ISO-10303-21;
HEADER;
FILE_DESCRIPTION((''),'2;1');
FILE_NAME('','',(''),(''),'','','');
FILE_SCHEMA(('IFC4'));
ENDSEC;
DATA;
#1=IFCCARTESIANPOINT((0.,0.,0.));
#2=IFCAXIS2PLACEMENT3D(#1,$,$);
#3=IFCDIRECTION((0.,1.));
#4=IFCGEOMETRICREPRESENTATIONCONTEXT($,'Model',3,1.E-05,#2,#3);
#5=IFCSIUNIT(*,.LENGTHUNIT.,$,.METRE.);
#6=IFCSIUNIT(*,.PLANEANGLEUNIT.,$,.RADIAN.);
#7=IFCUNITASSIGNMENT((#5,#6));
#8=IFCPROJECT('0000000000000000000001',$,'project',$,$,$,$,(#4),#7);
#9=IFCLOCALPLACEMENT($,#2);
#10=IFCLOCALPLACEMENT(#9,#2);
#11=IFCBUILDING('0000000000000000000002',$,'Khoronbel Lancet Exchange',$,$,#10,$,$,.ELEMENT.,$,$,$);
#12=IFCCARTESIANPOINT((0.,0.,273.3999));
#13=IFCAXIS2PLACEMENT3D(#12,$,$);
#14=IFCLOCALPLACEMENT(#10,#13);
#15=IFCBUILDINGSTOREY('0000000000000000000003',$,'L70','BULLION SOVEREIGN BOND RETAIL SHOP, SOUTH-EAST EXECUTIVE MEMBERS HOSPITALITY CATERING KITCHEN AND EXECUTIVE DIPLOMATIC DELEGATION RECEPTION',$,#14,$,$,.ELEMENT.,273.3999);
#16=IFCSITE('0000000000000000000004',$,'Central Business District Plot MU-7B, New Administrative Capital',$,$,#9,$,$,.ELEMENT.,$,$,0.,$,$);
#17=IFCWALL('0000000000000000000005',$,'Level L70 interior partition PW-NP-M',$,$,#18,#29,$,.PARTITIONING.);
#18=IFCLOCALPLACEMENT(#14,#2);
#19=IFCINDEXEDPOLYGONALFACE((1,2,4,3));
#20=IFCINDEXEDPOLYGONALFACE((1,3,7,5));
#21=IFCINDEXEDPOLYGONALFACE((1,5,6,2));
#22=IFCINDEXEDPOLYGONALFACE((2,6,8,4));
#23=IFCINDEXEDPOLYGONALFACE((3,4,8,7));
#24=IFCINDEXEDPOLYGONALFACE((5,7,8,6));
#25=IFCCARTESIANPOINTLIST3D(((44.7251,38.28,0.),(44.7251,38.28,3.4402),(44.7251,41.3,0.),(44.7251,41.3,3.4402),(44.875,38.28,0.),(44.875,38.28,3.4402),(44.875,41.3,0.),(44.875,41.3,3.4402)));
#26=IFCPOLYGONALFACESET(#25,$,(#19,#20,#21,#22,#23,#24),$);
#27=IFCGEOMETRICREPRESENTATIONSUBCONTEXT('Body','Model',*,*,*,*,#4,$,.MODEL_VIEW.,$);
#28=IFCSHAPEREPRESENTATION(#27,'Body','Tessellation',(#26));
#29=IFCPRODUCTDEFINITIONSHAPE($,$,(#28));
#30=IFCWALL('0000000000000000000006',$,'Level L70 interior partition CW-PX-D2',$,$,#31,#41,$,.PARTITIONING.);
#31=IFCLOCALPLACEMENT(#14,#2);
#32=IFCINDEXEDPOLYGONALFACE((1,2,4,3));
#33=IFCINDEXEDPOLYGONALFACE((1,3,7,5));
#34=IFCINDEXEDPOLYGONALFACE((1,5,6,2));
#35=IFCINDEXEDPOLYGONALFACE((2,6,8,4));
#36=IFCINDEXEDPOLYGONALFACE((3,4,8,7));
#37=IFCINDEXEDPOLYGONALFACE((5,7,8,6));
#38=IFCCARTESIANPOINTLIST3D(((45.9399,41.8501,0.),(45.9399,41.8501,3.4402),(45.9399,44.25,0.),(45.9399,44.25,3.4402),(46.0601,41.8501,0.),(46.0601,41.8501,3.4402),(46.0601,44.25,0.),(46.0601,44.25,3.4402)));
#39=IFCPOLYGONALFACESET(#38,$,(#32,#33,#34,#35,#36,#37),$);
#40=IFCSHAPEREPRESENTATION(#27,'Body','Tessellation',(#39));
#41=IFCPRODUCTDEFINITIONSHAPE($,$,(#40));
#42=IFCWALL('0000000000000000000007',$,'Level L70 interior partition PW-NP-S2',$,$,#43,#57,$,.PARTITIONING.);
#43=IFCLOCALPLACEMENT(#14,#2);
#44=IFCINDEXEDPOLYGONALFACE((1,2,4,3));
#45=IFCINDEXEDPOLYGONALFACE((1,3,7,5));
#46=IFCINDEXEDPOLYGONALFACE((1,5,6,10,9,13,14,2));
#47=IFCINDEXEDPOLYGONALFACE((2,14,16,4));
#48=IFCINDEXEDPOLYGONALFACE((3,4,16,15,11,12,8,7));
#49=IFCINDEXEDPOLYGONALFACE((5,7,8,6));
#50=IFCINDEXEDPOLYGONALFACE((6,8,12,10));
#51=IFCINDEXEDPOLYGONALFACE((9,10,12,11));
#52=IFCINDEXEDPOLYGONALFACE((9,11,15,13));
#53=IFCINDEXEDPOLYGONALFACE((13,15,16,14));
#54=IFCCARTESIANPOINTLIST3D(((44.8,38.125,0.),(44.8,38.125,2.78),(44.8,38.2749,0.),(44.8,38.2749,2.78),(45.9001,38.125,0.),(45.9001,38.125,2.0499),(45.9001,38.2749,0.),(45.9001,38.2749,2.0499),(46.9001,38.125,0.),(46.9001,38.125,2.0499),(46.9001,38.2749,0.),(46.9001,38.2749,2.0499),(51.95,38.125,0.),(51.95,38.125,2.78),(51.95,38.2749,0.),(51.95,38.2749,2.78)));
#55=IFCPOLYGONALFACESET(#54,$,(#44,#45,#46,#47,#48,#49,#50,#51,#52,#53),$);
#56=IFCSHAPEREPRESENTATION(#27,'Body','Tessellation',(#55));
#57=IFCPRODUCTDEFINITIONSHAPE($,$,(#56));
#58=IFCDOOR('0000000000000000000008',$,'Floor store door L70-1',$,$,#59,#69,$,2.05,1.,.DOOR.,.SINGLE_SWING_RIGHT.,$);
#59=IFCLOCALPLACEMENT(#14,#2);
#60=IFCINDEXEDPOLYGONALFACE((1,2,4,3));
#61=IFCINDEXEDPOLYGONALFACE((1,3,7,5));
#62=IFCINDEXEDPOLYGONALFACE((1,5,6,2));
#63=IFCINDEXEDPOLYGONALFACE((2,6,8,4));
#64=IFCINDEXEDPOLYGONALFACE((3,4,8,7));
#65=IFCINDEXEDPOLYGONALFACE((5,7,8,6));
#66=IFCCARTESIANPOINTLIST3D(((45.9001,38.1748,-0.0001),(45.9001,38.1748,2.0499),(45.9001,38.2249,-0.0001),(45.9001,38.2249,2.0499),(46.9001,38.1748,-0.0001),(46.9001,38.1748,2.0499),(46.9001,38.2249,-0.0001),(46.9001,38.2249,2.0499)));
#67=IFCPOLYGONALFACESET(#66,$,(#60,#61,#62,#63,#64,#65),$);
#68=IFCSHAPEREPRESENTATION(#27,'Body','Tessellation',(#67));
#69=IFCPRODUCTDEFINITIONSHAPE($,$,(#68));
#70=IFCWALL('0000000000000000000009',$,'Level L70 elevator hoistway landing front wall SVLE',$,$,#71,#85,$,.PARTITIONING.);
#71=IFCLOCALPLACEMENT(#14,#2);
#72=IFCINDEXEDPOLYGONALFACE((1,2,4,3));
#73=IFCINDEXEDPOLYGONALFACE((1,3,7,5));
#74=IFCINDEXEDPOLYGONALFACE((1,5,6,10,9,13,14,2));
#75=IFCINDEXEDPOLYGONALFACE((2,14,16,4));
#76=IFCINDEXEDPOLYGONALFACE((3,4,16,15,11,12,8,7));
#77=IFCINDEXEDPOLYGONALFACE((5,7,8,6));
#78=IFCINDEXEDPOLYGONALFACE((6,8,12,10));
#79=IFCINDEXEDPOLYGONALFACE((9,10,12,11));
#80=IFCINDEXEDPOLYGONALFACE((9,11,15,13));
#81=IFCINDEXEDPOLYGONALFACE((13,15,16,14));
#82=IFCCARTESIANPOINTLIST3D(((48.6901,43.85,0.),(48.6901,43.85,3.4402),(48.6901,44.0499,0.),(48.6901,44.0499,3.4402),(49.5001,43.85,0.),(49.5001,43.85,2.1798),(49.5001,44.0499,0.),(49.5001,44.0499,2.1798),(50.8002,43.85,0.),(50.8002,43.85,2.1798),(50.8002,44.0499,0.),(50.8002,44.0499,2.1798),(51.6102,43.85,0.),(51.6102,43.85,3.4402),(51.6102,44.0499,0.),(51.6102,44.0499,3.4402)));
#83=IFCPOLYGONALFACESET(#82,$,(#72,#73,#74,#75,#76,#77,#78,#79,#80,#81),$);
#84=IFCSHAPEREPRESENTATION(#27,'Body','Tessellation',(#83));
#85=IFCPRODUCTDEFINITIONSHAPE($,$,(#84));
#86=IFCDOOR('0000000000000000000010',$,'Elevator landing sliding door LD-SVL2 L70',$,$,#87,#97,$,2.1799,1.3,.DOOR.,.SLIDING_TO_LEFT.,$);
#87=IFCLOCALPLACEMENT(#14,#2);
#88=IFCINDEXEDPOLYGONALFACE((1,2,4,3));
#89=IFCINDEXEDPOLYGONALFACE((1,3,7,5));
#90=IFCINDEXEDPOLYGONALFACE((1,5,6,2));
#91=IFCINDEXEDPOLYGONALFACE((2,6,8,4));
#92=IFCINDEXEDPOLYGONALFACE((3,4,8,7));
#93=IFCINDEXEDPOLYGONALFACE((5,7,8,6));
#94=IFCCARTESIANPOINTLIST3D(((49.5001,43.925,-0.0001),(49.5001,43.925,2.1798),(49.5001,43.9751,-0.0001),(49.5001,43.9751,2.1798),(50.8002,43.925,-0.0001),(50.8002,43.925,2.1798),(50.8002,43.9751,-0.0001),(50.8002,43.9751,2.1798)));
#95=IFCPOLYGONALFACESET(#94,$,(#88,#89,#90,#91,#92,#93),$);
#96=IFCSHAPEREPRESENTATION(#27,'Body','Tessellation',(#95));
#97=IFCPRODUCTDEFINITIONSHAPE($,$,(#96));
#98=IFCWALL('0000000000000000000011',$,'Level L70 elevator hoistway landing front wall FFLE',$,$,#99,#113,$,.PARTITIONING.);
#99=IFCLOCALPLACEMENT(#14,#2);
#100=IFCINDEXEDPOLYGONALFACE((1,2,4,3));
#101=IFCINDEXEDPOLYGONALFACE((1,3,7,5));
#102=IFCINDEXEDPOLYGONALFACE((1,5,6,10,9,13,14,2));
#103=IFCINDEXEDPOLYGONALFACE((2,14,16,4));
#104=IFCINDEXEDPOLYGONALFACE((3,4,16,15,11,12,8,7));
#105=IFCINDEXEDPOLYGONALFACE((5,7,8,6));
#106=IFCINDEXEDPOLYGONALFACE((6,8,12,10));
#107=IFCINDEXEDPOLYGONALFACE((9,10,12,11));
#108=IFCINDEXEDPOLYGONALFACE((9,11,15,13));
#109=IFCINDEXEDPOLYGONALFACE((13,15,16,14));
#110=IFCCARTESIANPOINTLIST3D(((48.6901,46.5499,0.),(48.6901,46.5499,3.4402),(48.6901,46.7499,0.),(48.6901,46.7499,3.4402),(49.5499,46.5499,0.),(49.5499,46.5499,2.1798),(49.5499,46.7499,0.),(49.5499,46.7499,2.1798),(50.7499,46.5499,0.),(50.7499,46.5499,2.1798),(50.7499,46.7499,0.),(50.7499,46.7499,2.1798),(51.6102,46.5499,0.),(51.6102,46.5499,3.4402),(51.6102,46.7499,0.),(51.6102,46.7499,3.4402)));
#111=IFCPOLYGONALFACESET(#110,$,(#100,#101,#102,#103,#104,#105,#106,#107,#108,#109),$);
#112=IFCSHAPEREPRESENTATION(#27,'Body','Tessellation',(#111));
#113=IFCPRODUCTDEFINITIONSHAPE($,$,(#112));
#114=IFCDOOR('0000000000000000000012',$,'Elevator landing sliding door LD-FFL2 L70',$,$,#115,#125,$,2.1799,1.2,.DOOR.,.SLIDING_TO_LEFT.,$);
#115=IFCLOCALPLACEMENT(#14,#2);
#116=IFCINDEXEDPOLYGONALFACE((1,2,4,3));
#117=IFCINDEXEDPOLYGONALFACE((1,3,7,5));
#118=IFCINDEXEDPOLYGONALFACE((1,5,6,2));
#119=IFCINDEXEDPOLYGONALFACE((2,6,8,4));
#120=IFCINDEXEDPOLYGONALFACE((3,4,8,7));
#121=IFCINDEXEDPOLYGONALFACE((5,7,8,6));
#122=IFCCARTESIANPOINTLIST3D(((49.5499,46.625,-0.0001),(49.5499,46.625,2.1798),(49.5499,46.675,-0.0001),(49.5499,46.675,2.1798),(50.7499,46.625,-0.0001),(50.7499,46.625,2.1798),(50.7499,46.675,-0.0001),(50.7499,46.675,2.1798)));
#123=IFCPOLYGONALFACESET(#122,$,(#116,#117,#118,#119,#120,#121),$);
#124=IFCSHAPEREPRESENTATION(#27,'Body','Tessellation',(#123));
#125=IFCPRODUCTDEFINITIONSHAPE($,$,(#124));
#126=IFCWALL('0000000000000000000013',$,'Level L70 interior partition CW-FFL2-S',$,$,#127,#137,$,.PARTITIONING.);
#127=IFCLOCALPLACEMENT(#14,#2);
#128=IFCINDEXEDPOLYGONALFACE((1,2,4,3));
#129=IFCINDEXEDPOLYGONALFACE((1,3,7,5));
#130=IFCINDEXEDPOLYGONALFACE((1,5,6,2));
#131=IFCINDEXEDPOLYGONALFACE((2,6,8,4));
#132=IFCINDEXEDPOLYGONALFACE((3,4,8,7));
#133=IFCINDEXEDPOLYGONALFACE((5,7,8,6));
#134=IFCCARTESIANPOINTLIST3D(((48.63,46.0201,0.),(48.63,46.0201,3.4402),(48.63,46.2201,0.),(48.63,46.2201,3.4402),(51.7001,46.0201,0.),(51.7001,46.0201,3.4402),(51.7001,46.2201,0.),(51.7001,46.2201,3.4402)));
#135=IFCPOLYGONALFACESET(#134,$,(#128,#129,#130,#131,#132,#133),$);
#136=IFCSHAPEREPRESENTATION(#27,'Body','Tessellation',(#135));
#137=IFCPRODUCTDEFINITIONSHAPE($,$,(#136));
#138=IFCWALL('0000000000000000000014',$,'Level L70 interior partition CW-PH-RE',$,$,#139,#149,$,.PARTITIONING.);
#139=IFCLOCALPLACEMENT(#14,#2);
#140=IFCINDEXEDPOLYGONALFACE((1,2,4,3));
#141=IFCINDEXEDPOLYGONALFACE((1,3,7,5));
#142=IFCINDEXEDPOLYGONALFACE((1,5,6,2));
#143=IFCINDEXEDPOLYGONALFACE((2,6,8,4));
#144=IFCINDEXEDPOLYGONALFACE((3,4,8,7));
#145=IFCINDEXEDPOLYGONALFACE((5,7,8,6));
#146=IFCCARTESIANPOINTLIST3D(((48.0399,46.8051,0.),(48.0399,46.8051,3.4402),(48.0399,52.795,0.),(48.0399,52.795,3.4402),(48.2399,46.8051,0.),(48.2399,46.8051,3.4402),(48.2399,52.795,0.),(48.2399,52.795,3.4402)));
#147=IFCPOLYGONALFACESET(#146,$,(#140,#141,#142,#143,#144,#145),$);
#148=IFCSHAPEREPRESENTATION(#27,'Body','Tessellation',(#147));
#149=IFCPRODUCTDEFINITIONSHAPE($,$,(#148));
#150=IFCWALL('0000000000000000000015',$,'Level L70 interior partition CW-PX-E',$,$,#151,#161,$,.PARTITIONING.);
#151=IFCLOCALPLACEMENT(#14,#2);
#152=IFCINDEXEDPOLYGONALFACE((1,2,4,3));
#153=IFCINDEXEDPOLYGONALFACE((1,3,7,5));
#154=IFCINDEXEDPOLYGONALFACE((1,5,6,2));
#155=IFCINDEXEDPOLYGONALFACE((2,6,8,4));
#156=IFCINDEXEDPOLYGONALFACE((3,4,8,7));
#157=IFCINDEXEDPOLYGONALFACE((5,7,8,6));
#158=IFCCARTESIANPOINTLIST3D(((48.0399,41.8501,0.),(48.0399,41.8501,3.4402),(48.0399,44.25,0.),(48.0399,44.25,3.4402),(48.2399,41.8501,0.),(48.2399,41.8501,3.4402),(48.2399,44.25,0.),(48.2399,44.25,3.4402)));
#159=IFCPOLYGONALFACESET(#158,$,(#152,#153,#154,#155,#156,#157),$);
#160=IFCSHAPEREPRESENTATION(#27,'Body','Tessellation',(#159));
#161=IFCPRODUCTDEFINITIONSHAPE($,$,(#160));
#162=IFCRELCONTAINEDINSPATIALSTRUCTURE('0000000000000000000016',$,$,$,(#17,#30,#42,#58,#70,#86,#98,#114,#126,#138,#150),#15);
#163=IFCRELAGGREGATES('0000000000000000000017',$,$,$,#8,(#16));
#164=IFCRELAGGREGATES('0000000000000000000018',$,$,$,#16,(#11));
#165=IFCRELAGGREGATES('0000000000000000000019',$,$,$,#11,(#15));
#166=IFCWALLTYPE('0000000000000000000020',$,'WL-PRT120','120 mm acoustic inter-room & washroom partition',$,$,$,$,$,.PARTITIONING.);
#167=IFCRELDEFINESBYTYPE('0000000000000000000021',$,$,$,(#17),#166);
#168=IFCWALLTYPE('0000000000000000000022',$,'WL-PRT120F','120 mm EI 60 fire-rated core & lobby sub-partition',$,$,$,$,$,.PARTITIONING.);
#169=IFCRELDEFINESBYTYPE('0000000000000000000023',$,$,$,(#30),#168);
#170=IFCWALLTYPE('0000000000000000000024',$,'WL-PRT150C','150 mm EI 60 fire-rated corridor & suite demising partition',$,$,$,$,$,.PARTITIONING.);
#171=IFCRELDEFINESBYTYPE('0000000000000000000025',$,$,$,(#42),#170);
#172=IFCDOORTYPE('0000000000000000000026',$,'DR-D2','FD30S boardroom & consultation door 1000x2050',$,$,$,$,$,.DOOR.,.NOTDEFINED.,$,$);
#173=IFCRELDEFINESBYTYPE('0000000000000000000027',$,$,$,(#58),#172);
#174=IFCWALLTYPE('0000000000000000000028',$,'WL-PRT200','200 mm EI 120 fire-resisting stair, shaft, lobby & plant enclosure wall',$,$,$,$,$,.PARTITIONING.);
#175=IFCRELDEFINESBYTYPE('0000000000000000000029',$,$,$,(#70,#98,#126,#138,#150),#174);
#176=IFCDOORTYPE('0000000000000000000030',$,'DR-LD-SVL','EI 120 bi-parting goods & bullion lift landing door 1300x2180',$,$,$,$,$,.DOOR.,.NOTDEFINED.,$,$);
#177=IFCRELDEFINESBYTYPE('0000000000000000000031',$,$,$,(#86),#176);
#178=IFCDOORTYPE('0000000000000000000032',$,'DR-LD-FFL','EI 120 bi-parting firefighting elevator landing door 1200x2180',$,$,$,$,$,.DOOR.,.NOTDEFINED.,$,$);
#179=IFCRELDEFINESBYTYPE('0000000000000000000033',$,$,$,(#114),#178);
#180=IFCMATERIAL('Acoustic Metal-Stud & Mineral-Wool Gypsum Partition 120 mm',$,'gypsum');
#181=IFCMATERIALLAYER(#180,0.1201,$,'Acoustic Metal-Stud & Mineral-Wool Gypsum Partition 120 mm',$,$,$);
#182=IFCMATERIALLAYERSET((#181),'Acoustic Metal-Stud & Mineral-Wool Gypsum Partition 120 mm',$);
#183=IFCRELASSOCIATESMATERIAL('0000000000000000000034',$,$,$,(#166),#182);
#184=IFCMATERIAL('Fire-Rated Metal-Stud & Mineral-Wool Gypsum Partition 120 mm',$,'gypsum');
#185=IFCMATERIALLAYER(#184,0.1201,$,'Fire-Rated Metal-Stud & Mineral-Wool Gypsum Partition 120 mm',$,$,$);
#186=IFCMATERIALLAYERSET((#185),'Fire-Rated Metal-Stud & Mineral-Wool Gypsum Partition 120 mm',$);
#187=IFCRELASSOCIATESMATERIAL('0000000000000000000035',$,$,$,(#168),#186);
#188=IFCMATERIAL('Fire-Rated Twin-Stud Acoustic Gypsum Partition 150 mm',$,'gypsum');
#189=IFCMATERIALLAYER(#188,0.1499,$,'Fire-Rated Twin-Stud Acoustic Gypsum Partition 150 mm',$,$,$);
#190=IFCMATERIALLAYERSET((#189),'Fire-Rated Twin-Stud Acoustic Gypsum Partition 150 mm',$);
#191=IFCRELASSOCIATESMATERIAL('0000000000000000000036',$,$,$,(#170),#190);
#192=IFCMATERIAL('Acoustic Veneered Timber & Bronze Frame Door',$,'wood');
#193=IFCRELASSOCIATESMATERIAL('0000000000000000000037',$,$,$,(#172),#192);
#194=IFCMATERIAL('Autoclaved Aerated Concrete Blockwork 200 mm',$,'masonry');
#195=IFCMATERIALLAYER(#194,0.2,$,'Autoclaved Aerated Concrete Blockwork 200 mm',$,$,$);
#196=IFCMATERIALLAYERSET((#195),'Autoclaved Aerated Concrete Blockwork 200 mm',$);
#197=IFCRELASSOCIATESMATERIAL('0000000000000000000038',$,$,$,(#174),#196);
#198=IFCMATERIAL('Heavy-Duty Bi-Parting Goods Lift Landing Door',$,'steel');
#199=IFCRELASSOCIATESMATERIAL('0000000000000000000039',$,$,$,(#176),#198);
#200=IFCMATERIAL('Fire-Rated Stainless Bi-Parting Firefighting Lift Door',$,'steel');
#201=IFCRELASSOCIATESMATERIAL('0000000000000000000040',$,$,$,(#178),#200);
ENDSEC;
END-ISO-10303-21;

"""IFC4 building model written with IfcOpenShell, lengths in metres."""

from ifc_helpers import new_model, si_unit, direction, frame, frame_2d, origin, place, context, subcontext, project, spatial, rectangle, extrude, material, layer, layer_set, type_object, element, fill, save


model = new_model("IFC4")

# Units and contexts
model_context = context("Model", 3, precision=1e-05, world=origin(), true_north=direction((0.0, 1.0)))
body_context = subcontext(model_context, "Body", "Model", "MODEL_VIEW")
ifc_project = project(units=[si_unit("LENGTHUNIT", "METRE"), si_unit("PLANEANGLEUNIT", "RADIAN")], contexts=[model_context])

# Site, building, storey
site_placement = place(None, origin())
site = spatial("IfcSite", under=ifc_project, at=site_placement, Name="Central Business District Plot MU-7B, New Administrative Capital", CompositionType="ELEMENT", RefElevation=0.0)
building_placement = place(site_placement, origin())
building = spatial("IfcBuilding", under=site, at=building_placement, Name="Khoronbel Lancet Exchange", CompositionType="ELEMENT")
storey_placement = place(building_placement, frame((0.0, 0.0, 273.3999)))
storey = spatial("IfcBuildingStorey", under=building, at=storey_placement, Name="L70", Description="BULLION SOVEREIGN BOND RETAIL SHOP, SOUTH-EAST EXECUTIVE MEMBERS HOSPITALITY CATERING KITCHEN AND EXECUTIVE DIPLOMATIC DELEGATION RECEPTION", CompositionType="ELEMENT", Elevation=273.3999)

# Walls
ifc_material_1 = material(Name="Acoustic Metal-Stud & Mineral-Wool Gypsum Partition 120 mm", Category="gypsum")
ifc_layer_1 = layer(ifc_material_1, 0.1201, Name="Acoustic Metal-Stud & Mineral-Wool Gypsum Partition 120 mm")
ifc_layer_set_1 = layer_set([ifc_layer_1], Name="Acoustic Metal-Stud & Mineral-Wool Gypsum Partition 120 mm")
wall_type_1 = type_object("IfcWallType", Name="WL-PRT120", Description="120 mm acoustic inter-room & washroom partition", PredefinedType="PARTITIONING", material=ifc_layer_set_1)
wall_1_placement = place(storey_placement, frame((44.8, 38.28, 0.0), z_axis=(0.0, 0.0, 1.0), x_axis=(0.0, 1.0, 0.0)))
element("IfcWall", 1, at=wall_1_placement, inside=storey, type_object=wall_type_1, Name="Level L70 interior partition PW-NP-M", PredefinedType="PARTITIONING", context=body_context, shape_type="SweptSolid", body=[
    extrude(rectangle(XDim=3.02, YDim=0.1499, at=frame_2d((1.51, 0.0))), origin(), (0.0, 0.0, 1.0), 3.4402),
])
ifc_material_2 = material(Name="Fire-Rated Metal-Stud & Mineral-Wool Gypsum Partition 120 mm", Category="gypsum")
ifc_layer_2 = layer(ifc_material_2, 0.1201, Name="Fire-Rated Metal-Stud & Mineral-Wool Gypsum Partition 120 mm")
ifc_layer_set_2 = layer_set([ifc_layer_2], Name="Fire-Rated Metal-Stud & Mineral-Wool Gypsum Partition 120 mm")
wall_type_2 = type_object("IfcWallType", Name="WL-PRT120F", Description="120 mm EI 60 fire-rated core & lobby sub-partition", PredefinedType="PARTITIONING", material=ifc_layer_set_2)
wall_2_placement = place(storey_placement, frame((46.0, 41.8501, 0.0), z_axis=(0.0, 0.0, 1.0), x_axis=(0.0, 1.0, 0.0)))
element("IfcWall", 2, at=wall_2_placement, inside=storey, type_object=wall_type_2, Name="Level L70 interior partition CW-PX-D2", PredefinedType="PARTITIONING", context=body_context, shape_type="SweptSolid", body=[
    extrude(rectangle(XDim=2.3999, YDim=0.1201, at=frame_2d((1.2, 0.0))), origin(), (0.0, 0.0, 1.0), 3.4402),
])

# Walls, openings, doors
ifc_material_3 = material(Name="Fire-Rated Twin-Stud Acoustic Gypsum Partition 150 mm", Category="gypsum")
ifc_layer_3 = layer(ifc_material_3, 0.1499, Name="Fire-Rated Twin-Stud Acoustic Gypsum Partition 150 mm")
ifc_layer_set_3 = layer_set([ifc_layer_3], Name="Fire-Rated Twin-Stud Acoustic Gypsum Partition 150 mm")
wall_type_3 = type_object("IfcWallType", Name="WL-PRT150C", Description="150 mm EI 60 fire-rated corridor & suite demising partition", PredefinedType="PARTITIONING", material=ifc_layer_set_3)
wall_3_placement = place(storey_placement, frame((44.8, 38.2, 0.0), z_axis=(0.0, 0.0, 1.0), x_axis=(1.0, 0.0, 0.0)))
wall_3 = element("IfcWall", 3, at=wall_3_placement, inside=storey, type_object=wall_type_3, Name="Level L70 interior partition PW-NP-S2", PredefinedType="PARTITIONING", context=body_context, shape_type="SweptSolid", body=[
    extrude(rectangle(XDim=7.1499, YDim=0.1499, at=frame_2d((3.575, 0.0))), origin(), (0.0, 0.0, 1.0), 2.78),
])
opening_1_placement = place(wall_3_placement, frame((1.1001, 0.0, 0.0)))
opening_1 = element("IfcOpeningElement", 4, at=opening_1_placement, cuts=wall_3, PredefinedType="OPENING", context=body_context, shape_type="SweptSolid", body=[
    extrude(rectangle(XDim=1.0, YDim=2.05, at=frame_2d((0.5, 1.0249))), frame((0.0, 0.085, 0.0), z_axis=(0.0, -1.0, 0.0), x_axis=(1.0, 0.0, 0.0)), (0.0, 0.0, 1.0), 0.1699),
])
ifc_material_4 = material(Name="Acoustic Veneered Timber & Bronze Frame Door", Category="wood")
door_type_1 = type_object("IfcDoorType", Name="DR-D2", Description="FD30S boardroom & consultation door 1000x2050", OperationType="NOTDEFINED", PredefinedType="DOOR", material=ifc_material_4)
door_1_placement = place(opening_1_placement, origin())
door_1 = element("IfcDoor", 5, at=door_1_placement, inside=storey, type_object=door_type_1, Name="Floor store door L70-1", OperationType="SINGLE_SWING_RIGHT", OverallHeight=2.05, OverallWidth=1.0, PredefinedType="DOOR", context=body_context, shape_type="SweptSolid", body=[
    extrude(rectangle(XDim=1.0, YDim=2.05, at=frame_2d((0.5, 1.0249))), frame((0.0, 0.0249, 0.0), z_axis=(0.0, -1.0, 0.0), x_axis=(1.0, 0.0, 0.0)), (0.0, 0.0, 1.0), 0.05),
])
fill(opening_1, door_1)
ifc_material_5 = material(Name="Autoclaved Aerated Concrete Blockwork 200 mm", Category="masonry")
ifc_layer_4 = layer(ifc_material_5, 0.2, Name="Autoclaved Aerated Concrete Blockwork 200 mm")
ifc_layer_set_4 = layer_set([ifc_layer_4], Name="Autoclaved Aerated Concrete Blockwork 200 mm")
wall_type_4 = type_object("IfcWallType", Name="WL-PRT200", Description="200 mm EI 120 fire-resisting stair, shaft, lobby & plant enclosure wall", PredefinedType="PARTITIONING", material=ifc_layer_set_4)
wall_4_placement = place(storey_placement, frame((51.6101, 43.95, 0.0), z_axis=(0.0, 0.0, 1.0), x_axis=(-1.0, 0.0, 0.0)))
wall_4 = element("IfcWall", 6, at=wall_4_placement, inside=storey, type_object=wall_type_4, Name="Level L70 elevator hoistway landing front wall SVLE", PredefinedType="PARTITIONING", context=body_context, shape_type="SweptSolid", body=[
    extrude(rectangle(XDim=2.9202, YDim=0.2, at=frame_2d((1.46, 0.0))), origin(), (0.0, 0.0, 1.0), 3.4402),
])
opening_2_placement = place(wall_4_placement, frame((0.8101, 0.0, 0.0)))
opening_2 = element("IfcOpeningElement", 7, at=opening_2_placement, cuts=wall_4, PredefinedType="OPENING", context=body_context, shape_type="SweptSolid", body=[
    extrude(rectangle(XDim=1.3, YDim=2.1799, at=frame_2d((0.6499, 1.0898))), frame((0.0, 0.1099, 0.0), z_axis=(0.0, -1.0, 0.0), x_axis=(1.0, 0.0, 0.0)), (0.0, 0.0, 1.0), 0.22),
])
ifc_material_6 = material(Name="Heavy-Duty Bi-Parting Goods Lift Landing Door", Category="steel")
door_type_2 = type_object("IfcDoorType", Name="DR-LD-SVL", Description="EI 120 bi-parting goods & bullion lift landing door 1300x2180", OperationType="NOTDEFINED", PredefinedType="DOOR", material=ifc_material_6)
door_2_placement = place(opening_2_placement, origin())
door_2 = element("IfcDoor", 8, at=door_2_placement, inside=storey, type_object=door_type_2, Name="Elevator landing sliding door LD-SVL2 L70", OperationType="SLIDING_TO_LEFT", OverallHeight=2.1799, OverallWidth=1.3, PredefinedType="DOOR", context=body_context, shape_type="SweptSolid", body=[
    extrude(rectangle(XDim=1.3, YDim=2.1799, at=frame_2d((0.6499, 1.0898))), frame((0.0, 0.0249, 0.0), z_axis=(0.0, -1.0, 0.0), x_axis=(1.0, 0.0, 0.0)), (0.0, 0.0, 1.0), 0.05),
])
fill(opening_2, door_2)
wall_5_placement = place(storey_placement, frame((51.6101, 46.6499, 0.0), z_axis=(0.0, 0.0, 1.0), x_axis=(-1.0, 0.0, 0.0)))
wall_5 = element("IfcWall", 9, at=wall_5_placement, inside=storey, type_object=wall_type_4, Name="Level L70 elevator hoistway landing front wall FFLE", PredefinedType="PARTITIONING", context=body_context, shape_type="SweptSolid", body=[
    extrude(rectangle(XDim=2.9202, YDim=0.2, at=frame_2d((1.46, 0.0))), origin(), (0.0, 0.0, 1.0), 3.4402),
])
opening_3_placement = place(wall_5_placement, frame((0.8601, 0.0, 0.0)))
opening_3 = element("IfcOpeningElement", 10, at=opening_3_placement, cuts=wall_5, PredefinedType="OPENING", context=body_context, shape_type="SweptSolid", body=[
    extrude(rectangle(XDim=1.2, YDim=2.1799, at=frame_2d((0.6001, 1.0898))), frame((0.0, 0.1099, 0.0), z_axis=(0.0, -1.0, 0.0), x_axis=(1.0, 0.0, 0.0)), (0.0, 0.0, 1.0), 0.22),
])
ifc_material_7 = material(Name="Fire-Rated Stainless Bi-Parting Firefighting Lift Door", Category="steel")
door_type_3 = type_object("IfcDoorType", Name="DR-LD-FFL", Description="EI 120 bi-parting firefighting elevator landing door 1200x2180", OperationType="NOTDEFINED", PredefinedType="DOOR", material=ifc_material_7)
door_3_placement = place(opening_3_placement, origin())
door_3 = element("IfcDoor", 11, at=door_3_placement, inside=storey, type_object=door_type_3, Name="Elevator landing sliding door LD-FFL2 L70", OperationType="SLIDING_TO_LEFT", OverallHeight=2.1799, OverallWidth=1.2, PredefinedType="DOOR", context=body_context, shape_type="SweptSolid", body=[
    extrude(rectangle(XDim=1.2, YDim=2.1799, at=frame_2d((0.6001, 1.0898))), frame((0.0, 0.0249, 0.0), z_axis=(0.0, -1.0, 0.0), x_axis=(1.0, 0.0, 0.0)), (0.0, 0.0, 1.0), 0.05),
])
fill(opening_3, door_3)

# Wall
wall_6_placement = place(storey_placement, frame((48.6299, 46.1201, 0.0), z_axis=(0.0, 0.0, 1.0), x_axis=(1.0, 0.0, 0.0)))
element("IfcWall", 12, at=wall_6_placement, inside=storey, type_object=wall_type_4, Name="Level L70 interior partition CW-FFL2-S", PredefinedType="PARTITIONING", context=body_context, shape_type="SweptSolid", body=[
    extrude(rectangle(XDim=3.0701, YDim=0.2, at=frame_2d((1.5352, 0.0))), origin(), (0.0, 0.0, 1.0), 3.4402),
])

# Walls
wall_7_placement = place(storey_placement, frame((48.1399, 46.8049, 0.0), z_axis=(0.0, 0.0, 1.0), x_axis=(0.0, 1.0, 0.0)))
element("IfcWall", 13, at=wall_7_placement, inside=storey, type_object=wall_type_4, Name="Level L70 interior partition CW-PH-RE", PredefinedType="PARTITIONING", context=body_context, shape_type="SweptSolid", body=[
    extrude(rectangle(XDim=5.99, YDim=0.2, at=frame_2d((2.9951, 0.0))), origin(), (0.0, 0.0, 1.0), 3.4402),
])
wall_8_placement = place(storey_placement, frame((48.1399, 41.8501, 0.0), z_axis=(0.0, 0.0, 1.0), x_axis=(0.0, 1.0, 0.0)))
element("IfcWall", 14, at=wall_8_placement, inside=storey, type_object=wall_type_4, Name="Level L70 interior partition CW-PX-E", PredefinedType="PARTITIONING", context=body_context, shape_type="SweptSolid", body=[
    extrude(rectangle(XDim=2.3999, YDim=0.2, at=frame_2d((1.2, 0.0))), origin(), (0.0, 0.0, 1.0), 3.4402),
])

save(model, "model.ifc")
